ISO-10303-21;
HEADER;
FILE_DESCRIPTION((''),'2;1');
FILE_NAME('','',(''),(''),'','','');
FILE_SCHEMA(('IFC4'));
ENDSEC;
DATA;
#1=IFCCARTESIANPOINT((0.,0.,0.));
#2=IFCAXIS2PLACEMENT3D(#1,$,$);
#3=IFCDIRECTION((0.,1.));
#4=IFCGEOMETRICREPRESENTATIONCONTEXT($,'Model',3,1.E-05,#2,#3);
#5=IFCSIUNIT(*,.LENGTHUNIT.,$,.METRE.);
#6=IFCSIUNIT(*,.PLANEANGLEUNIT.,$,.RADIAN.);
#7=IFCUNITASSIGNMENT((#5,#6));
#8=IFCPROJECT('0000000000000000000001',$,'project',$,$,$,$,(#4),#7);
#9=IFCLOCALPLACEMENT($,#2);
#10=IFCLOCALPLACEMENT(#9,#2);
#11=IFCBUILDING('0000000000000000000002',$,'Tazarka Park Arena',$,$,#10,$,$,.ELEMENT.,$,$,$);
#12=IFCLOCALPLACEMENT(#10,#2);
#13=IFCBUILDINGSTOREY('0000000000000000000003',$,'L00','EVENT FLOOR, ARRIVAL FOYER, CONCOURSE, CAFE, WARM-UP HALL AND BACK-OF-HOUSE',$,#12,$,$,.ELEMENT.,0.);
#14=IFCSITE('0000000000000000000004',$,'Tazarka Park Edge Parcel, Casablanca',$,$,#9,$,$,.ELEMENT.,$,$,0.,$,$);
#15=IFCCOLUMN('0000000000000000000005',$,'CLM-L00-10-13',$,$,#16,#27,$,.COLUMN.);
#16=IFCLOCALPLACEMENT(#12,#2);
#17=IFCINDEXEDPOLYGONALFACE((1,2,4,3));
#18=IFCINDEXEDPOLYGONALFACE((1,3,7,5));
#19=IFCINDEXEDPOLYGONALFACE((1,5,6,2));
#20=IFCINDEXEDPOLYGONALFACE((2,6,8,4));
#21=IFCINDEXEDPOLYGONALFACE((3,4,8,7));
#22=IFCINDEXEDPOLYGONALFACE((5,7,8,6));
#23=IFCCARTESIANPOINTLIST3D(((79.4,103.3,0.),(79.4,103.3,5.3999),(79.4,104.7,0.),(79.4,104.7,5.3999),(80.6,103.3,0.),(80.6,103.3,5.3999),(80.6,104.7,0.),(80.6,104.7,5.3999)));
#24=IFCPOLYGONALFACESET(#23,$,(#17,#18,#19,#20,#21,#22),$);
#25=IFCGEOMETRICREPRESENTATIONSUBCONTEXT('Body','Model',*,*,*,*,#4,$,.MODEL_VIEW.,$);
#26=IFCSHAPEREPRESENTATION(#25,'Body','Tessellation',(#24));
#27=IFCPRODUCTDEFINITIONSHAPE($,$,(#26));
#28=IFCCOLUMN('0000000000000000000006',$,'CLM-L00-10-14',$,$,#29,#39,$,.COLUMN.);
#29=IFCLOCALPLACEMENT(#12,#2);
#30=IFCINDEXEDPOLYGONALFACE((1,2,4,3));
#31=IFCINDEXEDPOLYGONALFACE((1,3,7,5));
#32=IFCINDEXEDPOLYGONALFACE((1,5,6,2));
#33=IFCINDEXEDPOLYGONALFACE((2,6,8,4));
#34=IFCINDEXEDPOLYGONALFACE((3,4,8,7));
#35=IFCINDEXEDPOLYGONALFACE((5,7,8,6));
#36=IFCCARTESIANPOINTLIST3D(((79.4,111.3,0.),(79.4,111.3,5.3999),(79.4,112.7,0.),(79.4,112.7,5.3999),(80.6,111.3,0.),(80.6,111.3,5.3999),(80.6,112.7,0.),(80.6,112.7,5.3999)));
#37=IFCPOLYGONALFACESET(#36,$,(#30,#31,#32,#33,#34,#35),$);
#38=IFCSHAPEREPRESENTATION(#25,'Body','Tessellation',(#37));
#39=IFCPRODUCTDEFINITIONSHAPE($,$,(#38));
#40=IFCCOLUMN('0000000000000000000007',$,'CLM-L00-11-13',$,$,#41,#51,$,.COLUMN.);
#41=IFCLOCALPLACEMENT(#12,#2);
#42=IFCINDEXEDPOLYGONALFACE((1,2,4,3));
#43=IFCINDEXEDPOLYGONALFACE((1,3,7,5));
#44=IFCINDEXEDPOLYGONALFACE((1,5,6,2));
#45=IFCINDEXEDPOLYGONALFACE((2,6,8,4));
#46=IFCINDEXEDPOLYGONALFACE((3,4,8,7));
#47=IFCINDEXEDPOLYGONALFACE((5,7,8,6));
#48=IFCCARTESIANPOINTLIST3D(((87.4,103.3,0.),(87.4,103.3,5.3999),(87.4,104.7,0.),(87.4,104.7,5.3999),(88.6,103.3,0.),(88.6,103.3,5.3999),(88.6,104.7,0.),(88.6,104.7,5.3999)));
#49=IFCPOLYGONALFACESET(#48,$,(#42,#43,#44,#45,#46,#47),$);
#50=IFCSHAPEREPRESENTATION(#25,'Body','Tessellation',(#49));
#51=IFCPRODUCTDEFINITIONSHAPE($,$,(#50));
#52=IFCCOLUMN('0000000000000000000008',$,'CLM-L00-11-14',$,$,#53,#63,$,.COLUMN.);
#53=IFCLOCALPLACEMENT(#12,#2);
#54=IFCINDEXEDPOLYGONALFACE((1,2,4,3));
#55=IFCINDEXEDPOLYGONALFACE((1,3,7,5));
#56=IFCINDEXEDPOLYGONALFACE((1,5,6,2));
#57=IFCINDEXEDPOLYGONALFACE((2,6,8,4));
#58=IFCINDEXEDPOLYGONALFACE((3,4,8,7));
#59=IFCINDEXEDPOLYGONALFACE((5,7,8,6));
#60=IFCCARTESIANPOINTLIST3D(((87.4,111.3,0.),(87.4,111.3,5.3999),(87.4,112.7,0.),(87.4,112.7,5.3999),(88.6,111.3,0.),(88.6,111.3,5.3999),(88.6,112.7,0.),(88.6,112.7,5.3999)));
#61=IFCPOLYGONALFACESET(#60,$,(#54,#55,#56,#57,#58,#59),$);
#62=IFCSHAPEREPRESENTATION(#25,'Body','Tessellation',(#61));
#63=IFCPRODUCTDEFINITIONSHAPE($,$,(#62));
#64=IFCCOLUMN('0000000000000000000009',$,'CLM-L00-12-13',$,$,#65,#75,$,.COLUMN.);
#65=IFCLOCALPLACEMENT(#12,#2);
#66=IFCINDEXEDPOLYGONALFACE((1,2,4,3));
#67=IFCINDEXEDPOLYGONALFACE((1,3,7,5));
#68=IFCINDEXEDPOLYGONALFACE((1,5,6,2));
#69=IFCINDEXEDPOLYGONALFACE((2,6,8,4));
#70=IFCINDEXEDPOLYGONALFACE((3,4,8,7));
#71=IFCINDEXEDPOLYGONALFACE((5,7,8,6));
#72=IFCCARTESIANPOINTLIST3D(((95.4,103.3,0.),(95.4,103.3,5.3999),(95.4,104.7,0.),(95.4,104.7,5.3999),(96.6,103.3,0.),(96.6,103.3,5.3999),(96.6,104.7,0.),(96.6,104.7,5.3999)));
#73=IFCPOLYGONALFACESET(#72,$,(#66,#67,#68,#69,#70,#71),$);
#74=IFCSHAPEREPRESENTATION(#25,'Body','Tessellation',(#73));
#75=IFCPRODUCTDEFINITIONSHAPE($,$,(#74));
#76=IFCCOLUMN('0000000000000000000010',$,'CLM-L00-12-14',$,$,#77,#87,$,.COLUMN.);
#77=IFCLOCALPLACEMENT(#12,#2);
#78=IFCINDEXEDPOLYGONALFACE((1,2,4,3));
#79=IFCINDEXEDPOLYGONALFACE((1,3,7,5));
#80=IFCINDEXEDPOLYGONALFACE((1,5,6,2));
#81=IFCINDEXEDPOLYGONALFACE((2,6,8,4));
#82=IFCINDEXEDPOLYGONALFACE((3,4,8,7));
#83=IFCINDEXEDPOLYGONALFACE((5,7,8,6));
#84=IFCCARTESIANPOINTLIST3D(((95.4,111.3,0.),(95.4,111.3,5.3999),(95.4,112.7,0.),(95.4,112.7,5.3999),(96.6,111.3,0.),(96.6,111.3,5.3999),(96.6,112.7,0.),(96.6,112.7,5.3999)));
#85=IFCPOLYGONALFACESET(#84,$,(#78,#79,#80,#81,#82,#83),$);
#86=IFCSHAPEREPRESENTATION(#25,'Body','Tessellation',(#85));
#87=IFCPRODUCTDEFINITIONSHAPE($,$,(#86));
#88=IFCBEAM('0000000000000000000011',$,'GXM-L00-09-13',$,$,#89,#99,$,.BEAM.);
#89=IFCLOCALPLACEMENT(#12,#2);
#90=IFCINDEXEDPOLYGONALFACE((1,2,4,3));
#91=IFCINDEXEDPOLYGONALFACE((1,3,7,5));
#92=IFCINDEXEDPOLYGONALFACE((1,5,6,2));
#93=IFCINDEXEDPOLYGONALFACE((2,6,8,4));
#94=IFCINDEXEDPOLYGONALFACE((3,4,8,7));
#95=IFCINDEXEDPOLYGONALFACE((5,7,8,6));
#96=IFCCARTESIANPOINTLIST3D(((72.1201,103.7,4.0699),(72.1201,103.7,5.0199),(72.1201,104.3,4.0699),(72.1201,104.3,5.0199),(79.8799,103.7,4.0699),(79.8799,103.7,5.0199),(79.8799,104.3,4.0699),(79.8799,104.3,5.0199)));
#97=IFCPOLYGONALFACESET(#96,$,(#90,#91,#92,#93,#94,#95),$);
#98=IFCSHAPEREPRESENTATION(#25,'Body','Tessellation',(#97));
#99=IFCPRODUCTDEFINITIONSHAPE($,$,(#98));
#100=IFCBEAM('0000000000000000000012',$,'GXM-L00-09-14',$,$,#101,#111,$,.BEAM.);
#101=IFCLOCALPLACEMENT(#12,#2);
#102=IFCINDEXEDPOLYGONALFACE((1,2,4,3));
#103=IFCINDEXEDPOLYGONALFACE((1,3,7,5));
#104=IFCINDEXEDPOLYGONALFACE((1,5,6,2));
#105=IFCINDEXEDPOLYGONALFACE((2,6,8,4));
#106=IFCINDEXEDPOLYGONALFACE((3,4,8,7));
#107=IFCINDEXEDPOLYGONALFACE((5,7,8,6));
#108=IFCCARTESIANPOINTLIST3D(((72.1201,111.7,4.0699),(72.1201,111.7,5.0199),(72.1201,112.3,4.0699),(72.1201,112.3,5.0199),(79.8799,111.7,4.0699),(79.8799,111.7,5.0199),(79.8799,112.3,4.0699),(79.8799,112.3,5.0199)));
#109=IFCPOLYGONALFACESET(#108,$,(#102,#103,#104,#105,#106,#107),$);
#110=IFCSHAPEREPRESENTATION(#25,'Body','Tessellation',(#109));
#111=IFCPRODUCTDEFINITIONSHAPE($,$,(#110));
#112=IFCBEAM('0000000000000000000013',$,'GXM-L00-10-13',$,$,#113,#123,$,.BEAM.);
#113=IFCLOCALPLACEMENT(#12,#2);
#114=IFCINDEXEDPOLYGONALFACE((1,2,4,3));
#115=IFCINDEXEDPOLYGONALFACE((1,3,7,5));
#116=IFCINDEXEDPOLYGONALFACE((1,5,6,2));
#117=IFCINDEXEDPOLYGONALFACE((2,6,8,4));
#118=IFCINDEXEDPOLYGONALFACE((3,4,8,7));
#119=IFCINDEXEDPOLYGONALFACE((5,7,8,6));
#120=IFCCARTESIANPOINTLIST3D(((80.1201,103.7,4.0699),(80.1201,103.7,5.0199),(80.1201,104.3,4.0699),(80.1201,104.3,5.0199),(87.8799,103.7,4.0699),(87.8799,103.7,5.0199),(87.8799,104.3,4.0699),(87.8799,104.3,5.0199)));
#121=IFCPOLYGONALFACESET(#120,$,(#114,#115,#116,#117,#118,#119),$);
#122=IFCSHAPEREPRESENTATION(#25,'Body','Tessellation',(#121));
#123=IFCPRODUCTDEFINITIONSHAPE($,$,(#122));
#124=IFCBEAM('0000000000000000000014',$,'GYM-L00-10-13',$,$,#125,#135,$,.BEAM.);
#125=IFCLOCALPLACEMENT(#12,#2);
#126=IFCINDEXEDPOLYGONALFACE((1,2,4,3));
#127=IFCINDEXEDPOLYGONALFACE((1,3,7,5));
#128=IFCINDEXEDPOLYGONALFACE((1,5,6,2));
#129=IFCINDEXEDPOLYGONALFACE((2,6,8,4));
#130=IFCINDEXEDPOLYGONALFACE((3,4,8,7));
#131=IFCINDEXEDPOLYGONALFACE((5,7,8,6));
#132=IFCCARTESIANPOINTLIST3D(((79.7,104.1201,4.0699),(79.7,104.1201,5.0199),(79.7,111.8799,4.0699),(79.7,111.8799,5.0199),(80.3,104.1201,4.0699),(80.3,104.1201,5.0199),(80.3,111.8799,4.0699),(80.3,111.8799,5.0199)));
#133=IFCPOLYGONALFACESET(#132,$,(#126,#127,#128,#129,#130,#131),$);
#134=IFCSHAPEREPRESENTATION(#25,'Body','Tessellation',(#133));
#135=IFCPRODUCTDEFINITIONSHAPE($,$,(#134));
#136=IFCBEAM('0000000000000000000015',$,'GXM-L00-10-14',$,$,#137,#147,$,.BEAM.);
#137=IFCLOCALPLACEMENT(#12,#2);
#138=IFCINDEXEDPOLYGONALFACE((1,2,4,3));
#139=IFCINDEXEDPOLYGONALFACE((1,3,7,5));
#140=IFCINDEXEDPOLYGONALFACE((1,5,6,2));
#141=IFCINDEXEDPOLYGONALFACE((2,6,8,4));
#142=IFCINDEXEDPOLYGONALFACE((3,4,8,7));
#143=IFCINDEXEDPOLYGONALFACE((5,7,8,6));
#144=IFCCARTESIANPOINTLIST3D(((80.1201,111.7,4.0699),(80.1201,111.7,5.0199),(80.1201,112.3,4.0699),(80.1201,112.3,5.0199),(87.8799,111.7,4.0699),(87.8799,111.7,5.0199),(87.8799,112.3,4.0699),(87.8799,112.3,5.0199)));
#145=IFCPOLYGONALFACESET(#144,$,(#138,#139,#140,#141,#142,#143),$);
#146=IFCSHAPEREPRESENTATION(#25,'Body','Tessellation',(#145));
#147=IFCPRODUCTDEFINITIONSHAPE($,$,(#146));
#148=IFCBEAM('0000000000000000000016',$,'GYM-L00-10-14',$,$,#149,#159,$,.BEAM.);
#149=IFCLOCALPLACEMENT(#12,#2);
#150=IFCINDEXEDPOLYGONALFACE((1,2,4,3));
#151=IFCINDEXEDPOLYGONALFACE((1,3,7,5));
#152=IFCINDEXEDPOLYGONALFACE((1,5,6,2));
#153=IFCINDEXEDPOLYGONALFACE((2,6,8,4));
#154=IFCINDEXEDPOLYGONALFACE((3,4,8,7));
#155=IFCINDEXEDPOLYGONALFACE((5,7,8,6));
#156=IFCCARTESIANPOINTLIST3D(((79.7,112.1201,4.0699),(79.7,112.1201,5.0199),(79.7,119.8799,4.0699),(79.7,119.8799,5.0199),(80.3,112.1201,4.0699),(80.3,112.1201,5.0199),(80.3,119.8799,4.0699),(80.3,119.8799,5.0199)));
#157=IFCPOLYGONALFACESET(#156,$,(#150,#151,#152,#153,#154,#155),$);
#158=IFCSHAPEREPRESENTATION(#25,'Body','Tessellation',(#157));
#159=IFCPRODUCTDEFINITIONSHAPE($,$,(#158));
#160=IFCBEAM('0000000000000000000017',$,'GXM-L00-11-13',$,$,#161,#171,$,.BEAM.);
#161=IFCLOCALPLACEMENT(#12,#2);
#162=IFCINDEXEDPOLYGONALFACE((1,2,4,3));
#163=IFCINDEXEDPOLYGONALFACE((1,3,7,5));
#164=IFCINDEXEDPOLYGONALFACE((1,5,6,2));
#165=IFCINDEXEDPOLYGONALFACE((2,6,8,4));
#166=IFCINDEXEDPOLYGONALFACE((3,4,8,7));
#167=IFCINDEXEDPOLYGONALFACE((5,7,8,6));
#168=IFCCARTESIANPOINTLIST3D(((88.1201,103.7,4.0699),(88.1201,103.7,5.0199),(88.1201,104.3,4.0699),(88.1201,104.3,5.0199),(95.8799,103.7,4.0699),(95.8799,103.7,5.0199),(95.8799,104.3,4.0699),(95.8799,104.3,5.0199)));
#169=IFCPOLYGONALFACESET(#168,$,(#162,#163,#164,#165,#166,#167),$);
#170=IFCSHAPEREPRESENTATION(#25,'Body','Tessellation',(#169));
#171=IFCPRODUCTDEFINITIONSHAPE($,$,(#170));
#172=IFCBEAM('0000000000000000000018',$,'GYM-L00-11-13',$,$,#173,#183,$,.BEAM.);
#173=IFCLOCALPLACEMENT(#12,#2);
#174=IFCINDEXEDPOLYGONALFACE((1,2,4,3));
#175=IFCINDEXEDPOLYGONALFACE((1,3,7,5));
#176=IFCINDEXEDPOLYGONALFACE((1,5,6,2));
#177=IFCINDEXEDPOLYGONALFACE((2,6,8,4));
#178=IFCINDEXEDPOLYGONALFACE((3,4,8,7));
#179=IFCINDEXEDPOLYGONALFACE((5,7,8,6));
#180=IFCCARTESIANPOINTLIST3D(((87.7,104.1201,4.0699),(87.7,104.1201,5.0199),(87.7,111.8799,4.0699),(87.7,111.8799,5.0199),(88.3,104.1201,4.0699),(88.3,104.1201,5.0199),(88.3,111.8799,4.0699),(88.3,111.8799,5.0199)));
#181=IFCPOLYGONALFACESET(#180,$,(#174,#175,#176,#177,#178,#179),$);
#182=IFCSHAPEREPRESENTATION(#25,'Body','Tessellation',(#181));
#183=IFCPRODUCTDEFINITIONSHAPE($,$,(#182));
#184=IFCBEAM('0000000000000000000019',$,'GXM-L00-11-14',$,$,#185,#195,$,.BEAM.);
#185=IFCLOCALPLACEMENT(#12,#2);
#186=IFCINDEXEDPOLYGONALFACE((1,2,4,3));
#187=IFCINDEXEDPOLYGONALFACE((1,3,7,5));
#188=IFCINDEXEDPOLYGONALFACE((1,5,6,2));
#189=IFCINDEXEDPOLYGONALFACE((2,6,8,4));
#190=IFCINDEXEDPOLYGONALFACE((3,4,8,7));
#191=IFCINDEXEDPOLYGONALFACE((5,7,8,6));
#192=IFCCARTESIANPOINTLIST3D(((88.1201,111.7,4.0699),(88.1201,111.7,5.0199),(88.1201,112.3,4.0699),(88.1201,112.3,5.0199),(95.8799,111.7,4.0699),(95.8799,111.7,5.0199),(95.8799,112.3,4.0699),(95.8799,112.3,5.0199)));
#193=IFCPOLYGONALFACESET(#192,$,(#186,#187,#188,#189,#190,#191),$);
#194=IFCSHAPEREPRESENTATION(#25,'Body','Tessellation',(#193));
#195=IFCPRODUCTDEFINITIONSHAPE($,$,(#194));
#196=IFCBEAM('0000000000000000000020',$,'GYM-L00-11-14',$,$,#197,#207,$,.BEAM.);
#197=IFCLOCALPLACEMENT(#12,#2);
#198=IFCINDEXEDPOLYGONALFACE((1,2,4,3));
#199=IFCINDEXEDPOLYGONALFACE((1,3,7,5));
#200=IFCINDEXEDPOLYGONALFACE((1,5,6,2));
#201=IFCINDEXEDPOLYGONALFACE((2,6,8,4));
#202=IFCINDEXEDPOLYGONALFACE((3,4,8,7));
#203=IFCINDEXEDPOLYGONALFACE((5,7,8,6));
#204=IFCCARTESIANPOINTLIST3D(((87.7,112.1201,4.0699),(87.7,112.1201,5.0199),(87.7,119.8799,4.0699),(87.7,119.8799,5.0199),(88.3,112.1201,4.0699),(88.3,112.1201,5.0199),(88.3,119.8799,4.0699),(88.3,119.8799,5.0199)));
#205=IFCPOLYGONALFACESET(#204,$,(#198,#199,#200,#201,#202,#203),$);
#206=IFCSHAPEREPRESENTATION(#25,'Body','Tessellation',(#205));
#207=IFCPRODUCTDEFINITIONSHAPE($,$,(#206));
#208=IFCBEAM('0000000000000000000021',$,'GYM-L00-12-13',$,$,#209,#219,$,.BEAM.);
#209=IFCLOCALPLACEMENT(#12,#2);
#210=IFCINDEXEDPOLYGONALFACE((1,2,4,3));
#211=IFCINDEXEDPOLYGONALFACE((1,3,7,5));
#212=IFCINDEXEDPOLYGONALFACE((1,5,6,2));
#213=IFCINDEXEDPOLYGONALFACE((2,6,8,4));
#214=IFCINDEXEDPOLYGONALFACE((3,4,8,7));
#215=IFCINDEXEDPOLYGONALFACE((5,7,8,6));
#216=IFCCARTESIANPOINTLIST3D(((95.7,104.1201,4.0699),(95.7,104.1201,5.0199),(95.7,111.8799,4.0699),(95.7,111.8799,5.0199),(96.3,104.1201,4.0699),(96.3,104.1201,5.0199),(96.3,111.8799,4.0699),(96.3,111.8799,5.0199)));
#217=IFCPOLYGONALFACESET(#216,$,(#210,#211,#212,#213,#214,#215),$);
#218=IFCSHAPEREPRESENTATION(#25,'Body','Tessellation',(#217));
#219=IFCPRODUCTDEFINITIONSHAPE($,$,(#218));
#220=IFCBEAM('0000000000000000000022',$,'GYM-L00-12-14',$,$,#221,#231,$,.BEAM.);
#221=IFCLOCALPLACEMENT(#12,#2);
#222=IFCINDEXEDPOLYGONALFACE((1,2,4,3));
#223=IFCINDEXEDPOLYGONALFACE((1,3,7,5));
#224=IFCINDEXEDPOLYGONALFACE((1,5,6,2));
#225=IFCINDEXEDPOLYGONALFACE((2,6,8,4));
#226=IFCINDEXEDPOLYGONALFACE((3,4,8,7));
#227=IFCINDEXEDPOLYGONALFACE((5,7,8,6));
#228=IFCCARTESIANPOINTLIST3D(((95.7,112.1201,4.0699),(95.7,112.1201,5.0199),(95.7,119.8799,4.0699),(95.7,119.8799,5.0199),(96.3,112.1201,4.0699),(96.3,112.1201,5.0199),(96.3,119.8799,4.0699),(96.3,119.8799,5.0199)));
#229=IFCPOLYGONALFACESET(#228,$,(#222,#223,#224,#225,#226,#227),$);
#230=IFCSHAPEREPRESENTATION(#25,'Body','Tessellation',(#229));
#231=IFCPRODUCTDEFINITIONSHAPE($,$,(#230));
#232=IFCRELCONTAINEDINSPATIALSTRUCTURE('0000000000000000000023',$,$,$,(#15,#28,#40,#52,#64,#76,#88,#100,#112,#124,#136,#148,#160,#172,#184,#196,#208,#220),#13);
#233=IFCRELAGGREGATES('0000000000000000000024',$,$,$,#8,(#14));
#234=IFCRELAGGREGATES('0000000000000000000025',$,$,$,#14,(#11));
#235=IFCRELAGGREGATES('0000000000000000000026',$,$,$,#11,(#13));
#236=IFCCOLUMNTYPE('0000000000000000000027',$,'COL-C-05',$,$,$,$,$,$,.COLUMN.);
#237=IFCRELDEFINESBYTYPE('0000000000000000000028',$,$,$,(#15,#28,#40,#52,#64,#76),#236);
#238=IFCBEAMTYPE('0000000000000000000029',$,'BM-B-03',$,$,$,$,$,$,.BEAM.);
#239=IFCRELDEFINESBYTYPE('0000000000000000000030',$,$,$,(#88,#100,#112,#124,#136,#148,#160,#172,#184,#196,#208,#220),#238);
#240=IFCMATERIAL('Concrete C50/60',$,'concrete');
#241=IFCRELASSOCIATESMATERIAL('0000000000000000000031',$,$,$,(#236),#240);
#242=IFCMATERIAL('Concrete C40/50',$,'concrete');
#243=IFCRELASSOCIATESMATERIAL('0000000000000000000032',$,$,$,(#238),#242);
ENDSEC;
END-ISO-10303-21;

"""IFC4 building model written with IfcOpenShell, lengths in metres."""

from ifc_helpers import new_model, si_unit, direction, frame, origin, origin_2d, place, context, subcontext, project, spatial, rectangle, extrude, material, material_profile, profile_set, type_object, element, save


model = new_model("IFC4")

# Units and contexts
model_context = context("Model", 3, precision=1e-05, world=origin(), true_north=direction((0.0, 1.0)))
body_context = subcontext(model_context, "Body", "Model", "MODEL_VIEW")
ifc_project = project(units=[si_unit("LENGTHUNIT", "METRE"), si_unit("PLANEANGLEUNIT", "RADIAN")], contexts=[model_context])

# Site, building, storey
site_placement = place(None, origin())
site = spatial("IfcSite", under=ifc_project, at=site_placement, Name="Tazarka Park Edge Parcel, Casablanca", CompositionType="ELEMENT", RefElevation=0.0)
building_placement = place(site_placement, origin())
building = spatial("IfcBuilding", under=site, at=building_placement, Name="Tazarka Park Arena", CompositionType="ELEMENT")
storey_placement = place(building_placement, origin())
storey = spatial("IfcBuildingStorey", under=building, at=storey_placement, Name="L00", Description="EVENT FLOOR, ARRIVAL FOYER, CONCOURSE, CAFE, WARM-UP HALL AND BACK-OF-HOUSE", CompositionType="ELEMENT", Elevation=0.0)

# Columns
ifc_material_1 = material(Name="Concrete C50/60", Category="concrete")
ifc_material_profile_1 = material_profile(ifc_material_1, rectangle(XDim=1.2, YDim=1.3999, at=origin_2d()), Name="Concrete C50/60")
ifc_profile_set_1 = profile_set([ifc_material_profile_1], Name="Concrete C50/60")
column_type = type_object("IfcColumnType", Name="COL-C-05", PredefinedType="COLUMN", material=ifc_profile_set_1)
for number, where, z_axis, x_axis, name in (
    (1, (80.0, 104.0, 0.0), (0.0, 0.0, 1.0), (1.0, 0.0, 0.0), "CLM-L00-10-13"),
    (2, (80.0, 112.0, 0.0), (0.0, 0.0, 1.0), (1.0, 0.0, 0.0), "CLM-L00-10-14"),
    (3, (88.0, 104.0, 0.0), (0.0, 0.0, 1.0), (1.0, 0.0, 0.0), "CLM-L00-11-13"),
    (4, (88.0, 112.0, 0.0), (0.0, 0.0, 1.0), (1.0, 0.0, 0.0), "CLM-L00-11-14"),
    (5, (96.0, 104.0, 0.0), (0.0, 0.0, 1.0), (1.0, 0.0, 0.0), "CLM-L00-12-13"),
    (6, (96.0, 112.0, 0.0), (0.0, 0.0, 1.0), (1.0, 0.0, 0.0), "CLM-L00-12-14"),
):
    element("IfcColumn", number, at=place(storey_placement, frame(where, z_axis=z_axis, x_axis=x_axis)), inside=storey, type_object=column_type, Name=name, PredefinedType="COLUMN", context=body_context, shape_type="SweptSolid", body=[
        extrude(rectangle(XDim=1.2, YDim=1.3999, at=origin_2d()), origin(), (0.0, 0.0, 1.0), 5.3999),
    ])

# Beams
ifc_material_2 = material(Name="Concrete C40/50", Category="concrete")
ifc_material_profile_2 = material_profile(ifc_material_2, rectangle(XDim=0.6001, YDim=0.95, at=origin_2d()), Name="Concrete C40/50")
ifc_profile_set_2 = profile_set([ifc_material_profile_2], Name="Concrete C40/50")
beam_type_1 = type_object("IfcBeamType", Name="BM-B-03", PredefinedType="BEAM", material=ifc_profile_set_2)
for number, where, z_axis, x_axis, name in (
    (7, (72.1201, 104.0, 4.5449), (1.0, 0.0, 0.0), (0.0, 1.0, 0.0), "GXM-L00-09-13"),
    (8, (72.1201, 112.0, 4.5449), (1.0, 0.0, 0.0), (0.0, 1.0, 0.0), "GXM-L00-09-14"),
    (9, (80.1201, 104.0, 4.5449), (1.0, 0.0, 0.0), (0.0, 1.0, 0.0), "GXM-L00-10-13"),
    (10, (80.0, 104.1201, 4.5449), (0.0, 1.0, 0.0), (-1.0, 0.0, 0.0), "GYM-L00-10-13"),
    (11, (80.1201, 112.0, 4.5449), (1.0, 0.0, 0.0), (0.0, 1.0, 0.0), "GXM-L00-10-14"),
    (12, (80.0, 112.1201, 4.5449), (0.0, 1.0, 0.0), (-1.0, 0.0, 0.0), "GYM-L00-10-14"),
    (13, (88.1201, 104.0, 4.5449), (1.0, 0.0, 0.0), (0.0, 1.0, 0.0), "GXM-L00-11-13"),
    (14, (88.0, 104.1201, 4.5449), (0.0, 1.0, 0.0), (-1.0, 0.0, 0.0), "GYM-L00-11-13"),
    (15, (88.1201, 112.0, 4.5449), (1.0, 0.0, 0.0), (0.0, 1.0, 0.0), "GXM-L00-11-14"),
    (16, (88.0, 112.1201, 4.5449), (0.0, 1.0, 0.0), (-1.0, 0.0, 0.0), "GYM-L00-11-14"),
    (17, (96.0, 104.1201, 4.5449), (0.0, 1.0, 0.0), (-1.0, 0.0, 0.0), "GYM-L00-12-13"),
    (18, (96.0, 112.1201, 4.5449), (0.0, 1.0, 0.0), (-1.0, 0.0, 0.0), "GYM-L00-12-14"),
):
    element("IfcBeam", number, at=place(storey_placement, frame(where, z_axis=z_axis, x_axis=x_axis)), inside=storey, type_object=beam_type_1, Name=name, PredefinedType="BEAM", context=body_context, shape_type="SweptSolid", body=[
        extrude(rectangle(XDim=0.6001, YDim=0.95, at=origin_2d()), origin(), (0.0, 0.0, 1.0), 7.7598),
    ])

save(model, "model.ifc")
